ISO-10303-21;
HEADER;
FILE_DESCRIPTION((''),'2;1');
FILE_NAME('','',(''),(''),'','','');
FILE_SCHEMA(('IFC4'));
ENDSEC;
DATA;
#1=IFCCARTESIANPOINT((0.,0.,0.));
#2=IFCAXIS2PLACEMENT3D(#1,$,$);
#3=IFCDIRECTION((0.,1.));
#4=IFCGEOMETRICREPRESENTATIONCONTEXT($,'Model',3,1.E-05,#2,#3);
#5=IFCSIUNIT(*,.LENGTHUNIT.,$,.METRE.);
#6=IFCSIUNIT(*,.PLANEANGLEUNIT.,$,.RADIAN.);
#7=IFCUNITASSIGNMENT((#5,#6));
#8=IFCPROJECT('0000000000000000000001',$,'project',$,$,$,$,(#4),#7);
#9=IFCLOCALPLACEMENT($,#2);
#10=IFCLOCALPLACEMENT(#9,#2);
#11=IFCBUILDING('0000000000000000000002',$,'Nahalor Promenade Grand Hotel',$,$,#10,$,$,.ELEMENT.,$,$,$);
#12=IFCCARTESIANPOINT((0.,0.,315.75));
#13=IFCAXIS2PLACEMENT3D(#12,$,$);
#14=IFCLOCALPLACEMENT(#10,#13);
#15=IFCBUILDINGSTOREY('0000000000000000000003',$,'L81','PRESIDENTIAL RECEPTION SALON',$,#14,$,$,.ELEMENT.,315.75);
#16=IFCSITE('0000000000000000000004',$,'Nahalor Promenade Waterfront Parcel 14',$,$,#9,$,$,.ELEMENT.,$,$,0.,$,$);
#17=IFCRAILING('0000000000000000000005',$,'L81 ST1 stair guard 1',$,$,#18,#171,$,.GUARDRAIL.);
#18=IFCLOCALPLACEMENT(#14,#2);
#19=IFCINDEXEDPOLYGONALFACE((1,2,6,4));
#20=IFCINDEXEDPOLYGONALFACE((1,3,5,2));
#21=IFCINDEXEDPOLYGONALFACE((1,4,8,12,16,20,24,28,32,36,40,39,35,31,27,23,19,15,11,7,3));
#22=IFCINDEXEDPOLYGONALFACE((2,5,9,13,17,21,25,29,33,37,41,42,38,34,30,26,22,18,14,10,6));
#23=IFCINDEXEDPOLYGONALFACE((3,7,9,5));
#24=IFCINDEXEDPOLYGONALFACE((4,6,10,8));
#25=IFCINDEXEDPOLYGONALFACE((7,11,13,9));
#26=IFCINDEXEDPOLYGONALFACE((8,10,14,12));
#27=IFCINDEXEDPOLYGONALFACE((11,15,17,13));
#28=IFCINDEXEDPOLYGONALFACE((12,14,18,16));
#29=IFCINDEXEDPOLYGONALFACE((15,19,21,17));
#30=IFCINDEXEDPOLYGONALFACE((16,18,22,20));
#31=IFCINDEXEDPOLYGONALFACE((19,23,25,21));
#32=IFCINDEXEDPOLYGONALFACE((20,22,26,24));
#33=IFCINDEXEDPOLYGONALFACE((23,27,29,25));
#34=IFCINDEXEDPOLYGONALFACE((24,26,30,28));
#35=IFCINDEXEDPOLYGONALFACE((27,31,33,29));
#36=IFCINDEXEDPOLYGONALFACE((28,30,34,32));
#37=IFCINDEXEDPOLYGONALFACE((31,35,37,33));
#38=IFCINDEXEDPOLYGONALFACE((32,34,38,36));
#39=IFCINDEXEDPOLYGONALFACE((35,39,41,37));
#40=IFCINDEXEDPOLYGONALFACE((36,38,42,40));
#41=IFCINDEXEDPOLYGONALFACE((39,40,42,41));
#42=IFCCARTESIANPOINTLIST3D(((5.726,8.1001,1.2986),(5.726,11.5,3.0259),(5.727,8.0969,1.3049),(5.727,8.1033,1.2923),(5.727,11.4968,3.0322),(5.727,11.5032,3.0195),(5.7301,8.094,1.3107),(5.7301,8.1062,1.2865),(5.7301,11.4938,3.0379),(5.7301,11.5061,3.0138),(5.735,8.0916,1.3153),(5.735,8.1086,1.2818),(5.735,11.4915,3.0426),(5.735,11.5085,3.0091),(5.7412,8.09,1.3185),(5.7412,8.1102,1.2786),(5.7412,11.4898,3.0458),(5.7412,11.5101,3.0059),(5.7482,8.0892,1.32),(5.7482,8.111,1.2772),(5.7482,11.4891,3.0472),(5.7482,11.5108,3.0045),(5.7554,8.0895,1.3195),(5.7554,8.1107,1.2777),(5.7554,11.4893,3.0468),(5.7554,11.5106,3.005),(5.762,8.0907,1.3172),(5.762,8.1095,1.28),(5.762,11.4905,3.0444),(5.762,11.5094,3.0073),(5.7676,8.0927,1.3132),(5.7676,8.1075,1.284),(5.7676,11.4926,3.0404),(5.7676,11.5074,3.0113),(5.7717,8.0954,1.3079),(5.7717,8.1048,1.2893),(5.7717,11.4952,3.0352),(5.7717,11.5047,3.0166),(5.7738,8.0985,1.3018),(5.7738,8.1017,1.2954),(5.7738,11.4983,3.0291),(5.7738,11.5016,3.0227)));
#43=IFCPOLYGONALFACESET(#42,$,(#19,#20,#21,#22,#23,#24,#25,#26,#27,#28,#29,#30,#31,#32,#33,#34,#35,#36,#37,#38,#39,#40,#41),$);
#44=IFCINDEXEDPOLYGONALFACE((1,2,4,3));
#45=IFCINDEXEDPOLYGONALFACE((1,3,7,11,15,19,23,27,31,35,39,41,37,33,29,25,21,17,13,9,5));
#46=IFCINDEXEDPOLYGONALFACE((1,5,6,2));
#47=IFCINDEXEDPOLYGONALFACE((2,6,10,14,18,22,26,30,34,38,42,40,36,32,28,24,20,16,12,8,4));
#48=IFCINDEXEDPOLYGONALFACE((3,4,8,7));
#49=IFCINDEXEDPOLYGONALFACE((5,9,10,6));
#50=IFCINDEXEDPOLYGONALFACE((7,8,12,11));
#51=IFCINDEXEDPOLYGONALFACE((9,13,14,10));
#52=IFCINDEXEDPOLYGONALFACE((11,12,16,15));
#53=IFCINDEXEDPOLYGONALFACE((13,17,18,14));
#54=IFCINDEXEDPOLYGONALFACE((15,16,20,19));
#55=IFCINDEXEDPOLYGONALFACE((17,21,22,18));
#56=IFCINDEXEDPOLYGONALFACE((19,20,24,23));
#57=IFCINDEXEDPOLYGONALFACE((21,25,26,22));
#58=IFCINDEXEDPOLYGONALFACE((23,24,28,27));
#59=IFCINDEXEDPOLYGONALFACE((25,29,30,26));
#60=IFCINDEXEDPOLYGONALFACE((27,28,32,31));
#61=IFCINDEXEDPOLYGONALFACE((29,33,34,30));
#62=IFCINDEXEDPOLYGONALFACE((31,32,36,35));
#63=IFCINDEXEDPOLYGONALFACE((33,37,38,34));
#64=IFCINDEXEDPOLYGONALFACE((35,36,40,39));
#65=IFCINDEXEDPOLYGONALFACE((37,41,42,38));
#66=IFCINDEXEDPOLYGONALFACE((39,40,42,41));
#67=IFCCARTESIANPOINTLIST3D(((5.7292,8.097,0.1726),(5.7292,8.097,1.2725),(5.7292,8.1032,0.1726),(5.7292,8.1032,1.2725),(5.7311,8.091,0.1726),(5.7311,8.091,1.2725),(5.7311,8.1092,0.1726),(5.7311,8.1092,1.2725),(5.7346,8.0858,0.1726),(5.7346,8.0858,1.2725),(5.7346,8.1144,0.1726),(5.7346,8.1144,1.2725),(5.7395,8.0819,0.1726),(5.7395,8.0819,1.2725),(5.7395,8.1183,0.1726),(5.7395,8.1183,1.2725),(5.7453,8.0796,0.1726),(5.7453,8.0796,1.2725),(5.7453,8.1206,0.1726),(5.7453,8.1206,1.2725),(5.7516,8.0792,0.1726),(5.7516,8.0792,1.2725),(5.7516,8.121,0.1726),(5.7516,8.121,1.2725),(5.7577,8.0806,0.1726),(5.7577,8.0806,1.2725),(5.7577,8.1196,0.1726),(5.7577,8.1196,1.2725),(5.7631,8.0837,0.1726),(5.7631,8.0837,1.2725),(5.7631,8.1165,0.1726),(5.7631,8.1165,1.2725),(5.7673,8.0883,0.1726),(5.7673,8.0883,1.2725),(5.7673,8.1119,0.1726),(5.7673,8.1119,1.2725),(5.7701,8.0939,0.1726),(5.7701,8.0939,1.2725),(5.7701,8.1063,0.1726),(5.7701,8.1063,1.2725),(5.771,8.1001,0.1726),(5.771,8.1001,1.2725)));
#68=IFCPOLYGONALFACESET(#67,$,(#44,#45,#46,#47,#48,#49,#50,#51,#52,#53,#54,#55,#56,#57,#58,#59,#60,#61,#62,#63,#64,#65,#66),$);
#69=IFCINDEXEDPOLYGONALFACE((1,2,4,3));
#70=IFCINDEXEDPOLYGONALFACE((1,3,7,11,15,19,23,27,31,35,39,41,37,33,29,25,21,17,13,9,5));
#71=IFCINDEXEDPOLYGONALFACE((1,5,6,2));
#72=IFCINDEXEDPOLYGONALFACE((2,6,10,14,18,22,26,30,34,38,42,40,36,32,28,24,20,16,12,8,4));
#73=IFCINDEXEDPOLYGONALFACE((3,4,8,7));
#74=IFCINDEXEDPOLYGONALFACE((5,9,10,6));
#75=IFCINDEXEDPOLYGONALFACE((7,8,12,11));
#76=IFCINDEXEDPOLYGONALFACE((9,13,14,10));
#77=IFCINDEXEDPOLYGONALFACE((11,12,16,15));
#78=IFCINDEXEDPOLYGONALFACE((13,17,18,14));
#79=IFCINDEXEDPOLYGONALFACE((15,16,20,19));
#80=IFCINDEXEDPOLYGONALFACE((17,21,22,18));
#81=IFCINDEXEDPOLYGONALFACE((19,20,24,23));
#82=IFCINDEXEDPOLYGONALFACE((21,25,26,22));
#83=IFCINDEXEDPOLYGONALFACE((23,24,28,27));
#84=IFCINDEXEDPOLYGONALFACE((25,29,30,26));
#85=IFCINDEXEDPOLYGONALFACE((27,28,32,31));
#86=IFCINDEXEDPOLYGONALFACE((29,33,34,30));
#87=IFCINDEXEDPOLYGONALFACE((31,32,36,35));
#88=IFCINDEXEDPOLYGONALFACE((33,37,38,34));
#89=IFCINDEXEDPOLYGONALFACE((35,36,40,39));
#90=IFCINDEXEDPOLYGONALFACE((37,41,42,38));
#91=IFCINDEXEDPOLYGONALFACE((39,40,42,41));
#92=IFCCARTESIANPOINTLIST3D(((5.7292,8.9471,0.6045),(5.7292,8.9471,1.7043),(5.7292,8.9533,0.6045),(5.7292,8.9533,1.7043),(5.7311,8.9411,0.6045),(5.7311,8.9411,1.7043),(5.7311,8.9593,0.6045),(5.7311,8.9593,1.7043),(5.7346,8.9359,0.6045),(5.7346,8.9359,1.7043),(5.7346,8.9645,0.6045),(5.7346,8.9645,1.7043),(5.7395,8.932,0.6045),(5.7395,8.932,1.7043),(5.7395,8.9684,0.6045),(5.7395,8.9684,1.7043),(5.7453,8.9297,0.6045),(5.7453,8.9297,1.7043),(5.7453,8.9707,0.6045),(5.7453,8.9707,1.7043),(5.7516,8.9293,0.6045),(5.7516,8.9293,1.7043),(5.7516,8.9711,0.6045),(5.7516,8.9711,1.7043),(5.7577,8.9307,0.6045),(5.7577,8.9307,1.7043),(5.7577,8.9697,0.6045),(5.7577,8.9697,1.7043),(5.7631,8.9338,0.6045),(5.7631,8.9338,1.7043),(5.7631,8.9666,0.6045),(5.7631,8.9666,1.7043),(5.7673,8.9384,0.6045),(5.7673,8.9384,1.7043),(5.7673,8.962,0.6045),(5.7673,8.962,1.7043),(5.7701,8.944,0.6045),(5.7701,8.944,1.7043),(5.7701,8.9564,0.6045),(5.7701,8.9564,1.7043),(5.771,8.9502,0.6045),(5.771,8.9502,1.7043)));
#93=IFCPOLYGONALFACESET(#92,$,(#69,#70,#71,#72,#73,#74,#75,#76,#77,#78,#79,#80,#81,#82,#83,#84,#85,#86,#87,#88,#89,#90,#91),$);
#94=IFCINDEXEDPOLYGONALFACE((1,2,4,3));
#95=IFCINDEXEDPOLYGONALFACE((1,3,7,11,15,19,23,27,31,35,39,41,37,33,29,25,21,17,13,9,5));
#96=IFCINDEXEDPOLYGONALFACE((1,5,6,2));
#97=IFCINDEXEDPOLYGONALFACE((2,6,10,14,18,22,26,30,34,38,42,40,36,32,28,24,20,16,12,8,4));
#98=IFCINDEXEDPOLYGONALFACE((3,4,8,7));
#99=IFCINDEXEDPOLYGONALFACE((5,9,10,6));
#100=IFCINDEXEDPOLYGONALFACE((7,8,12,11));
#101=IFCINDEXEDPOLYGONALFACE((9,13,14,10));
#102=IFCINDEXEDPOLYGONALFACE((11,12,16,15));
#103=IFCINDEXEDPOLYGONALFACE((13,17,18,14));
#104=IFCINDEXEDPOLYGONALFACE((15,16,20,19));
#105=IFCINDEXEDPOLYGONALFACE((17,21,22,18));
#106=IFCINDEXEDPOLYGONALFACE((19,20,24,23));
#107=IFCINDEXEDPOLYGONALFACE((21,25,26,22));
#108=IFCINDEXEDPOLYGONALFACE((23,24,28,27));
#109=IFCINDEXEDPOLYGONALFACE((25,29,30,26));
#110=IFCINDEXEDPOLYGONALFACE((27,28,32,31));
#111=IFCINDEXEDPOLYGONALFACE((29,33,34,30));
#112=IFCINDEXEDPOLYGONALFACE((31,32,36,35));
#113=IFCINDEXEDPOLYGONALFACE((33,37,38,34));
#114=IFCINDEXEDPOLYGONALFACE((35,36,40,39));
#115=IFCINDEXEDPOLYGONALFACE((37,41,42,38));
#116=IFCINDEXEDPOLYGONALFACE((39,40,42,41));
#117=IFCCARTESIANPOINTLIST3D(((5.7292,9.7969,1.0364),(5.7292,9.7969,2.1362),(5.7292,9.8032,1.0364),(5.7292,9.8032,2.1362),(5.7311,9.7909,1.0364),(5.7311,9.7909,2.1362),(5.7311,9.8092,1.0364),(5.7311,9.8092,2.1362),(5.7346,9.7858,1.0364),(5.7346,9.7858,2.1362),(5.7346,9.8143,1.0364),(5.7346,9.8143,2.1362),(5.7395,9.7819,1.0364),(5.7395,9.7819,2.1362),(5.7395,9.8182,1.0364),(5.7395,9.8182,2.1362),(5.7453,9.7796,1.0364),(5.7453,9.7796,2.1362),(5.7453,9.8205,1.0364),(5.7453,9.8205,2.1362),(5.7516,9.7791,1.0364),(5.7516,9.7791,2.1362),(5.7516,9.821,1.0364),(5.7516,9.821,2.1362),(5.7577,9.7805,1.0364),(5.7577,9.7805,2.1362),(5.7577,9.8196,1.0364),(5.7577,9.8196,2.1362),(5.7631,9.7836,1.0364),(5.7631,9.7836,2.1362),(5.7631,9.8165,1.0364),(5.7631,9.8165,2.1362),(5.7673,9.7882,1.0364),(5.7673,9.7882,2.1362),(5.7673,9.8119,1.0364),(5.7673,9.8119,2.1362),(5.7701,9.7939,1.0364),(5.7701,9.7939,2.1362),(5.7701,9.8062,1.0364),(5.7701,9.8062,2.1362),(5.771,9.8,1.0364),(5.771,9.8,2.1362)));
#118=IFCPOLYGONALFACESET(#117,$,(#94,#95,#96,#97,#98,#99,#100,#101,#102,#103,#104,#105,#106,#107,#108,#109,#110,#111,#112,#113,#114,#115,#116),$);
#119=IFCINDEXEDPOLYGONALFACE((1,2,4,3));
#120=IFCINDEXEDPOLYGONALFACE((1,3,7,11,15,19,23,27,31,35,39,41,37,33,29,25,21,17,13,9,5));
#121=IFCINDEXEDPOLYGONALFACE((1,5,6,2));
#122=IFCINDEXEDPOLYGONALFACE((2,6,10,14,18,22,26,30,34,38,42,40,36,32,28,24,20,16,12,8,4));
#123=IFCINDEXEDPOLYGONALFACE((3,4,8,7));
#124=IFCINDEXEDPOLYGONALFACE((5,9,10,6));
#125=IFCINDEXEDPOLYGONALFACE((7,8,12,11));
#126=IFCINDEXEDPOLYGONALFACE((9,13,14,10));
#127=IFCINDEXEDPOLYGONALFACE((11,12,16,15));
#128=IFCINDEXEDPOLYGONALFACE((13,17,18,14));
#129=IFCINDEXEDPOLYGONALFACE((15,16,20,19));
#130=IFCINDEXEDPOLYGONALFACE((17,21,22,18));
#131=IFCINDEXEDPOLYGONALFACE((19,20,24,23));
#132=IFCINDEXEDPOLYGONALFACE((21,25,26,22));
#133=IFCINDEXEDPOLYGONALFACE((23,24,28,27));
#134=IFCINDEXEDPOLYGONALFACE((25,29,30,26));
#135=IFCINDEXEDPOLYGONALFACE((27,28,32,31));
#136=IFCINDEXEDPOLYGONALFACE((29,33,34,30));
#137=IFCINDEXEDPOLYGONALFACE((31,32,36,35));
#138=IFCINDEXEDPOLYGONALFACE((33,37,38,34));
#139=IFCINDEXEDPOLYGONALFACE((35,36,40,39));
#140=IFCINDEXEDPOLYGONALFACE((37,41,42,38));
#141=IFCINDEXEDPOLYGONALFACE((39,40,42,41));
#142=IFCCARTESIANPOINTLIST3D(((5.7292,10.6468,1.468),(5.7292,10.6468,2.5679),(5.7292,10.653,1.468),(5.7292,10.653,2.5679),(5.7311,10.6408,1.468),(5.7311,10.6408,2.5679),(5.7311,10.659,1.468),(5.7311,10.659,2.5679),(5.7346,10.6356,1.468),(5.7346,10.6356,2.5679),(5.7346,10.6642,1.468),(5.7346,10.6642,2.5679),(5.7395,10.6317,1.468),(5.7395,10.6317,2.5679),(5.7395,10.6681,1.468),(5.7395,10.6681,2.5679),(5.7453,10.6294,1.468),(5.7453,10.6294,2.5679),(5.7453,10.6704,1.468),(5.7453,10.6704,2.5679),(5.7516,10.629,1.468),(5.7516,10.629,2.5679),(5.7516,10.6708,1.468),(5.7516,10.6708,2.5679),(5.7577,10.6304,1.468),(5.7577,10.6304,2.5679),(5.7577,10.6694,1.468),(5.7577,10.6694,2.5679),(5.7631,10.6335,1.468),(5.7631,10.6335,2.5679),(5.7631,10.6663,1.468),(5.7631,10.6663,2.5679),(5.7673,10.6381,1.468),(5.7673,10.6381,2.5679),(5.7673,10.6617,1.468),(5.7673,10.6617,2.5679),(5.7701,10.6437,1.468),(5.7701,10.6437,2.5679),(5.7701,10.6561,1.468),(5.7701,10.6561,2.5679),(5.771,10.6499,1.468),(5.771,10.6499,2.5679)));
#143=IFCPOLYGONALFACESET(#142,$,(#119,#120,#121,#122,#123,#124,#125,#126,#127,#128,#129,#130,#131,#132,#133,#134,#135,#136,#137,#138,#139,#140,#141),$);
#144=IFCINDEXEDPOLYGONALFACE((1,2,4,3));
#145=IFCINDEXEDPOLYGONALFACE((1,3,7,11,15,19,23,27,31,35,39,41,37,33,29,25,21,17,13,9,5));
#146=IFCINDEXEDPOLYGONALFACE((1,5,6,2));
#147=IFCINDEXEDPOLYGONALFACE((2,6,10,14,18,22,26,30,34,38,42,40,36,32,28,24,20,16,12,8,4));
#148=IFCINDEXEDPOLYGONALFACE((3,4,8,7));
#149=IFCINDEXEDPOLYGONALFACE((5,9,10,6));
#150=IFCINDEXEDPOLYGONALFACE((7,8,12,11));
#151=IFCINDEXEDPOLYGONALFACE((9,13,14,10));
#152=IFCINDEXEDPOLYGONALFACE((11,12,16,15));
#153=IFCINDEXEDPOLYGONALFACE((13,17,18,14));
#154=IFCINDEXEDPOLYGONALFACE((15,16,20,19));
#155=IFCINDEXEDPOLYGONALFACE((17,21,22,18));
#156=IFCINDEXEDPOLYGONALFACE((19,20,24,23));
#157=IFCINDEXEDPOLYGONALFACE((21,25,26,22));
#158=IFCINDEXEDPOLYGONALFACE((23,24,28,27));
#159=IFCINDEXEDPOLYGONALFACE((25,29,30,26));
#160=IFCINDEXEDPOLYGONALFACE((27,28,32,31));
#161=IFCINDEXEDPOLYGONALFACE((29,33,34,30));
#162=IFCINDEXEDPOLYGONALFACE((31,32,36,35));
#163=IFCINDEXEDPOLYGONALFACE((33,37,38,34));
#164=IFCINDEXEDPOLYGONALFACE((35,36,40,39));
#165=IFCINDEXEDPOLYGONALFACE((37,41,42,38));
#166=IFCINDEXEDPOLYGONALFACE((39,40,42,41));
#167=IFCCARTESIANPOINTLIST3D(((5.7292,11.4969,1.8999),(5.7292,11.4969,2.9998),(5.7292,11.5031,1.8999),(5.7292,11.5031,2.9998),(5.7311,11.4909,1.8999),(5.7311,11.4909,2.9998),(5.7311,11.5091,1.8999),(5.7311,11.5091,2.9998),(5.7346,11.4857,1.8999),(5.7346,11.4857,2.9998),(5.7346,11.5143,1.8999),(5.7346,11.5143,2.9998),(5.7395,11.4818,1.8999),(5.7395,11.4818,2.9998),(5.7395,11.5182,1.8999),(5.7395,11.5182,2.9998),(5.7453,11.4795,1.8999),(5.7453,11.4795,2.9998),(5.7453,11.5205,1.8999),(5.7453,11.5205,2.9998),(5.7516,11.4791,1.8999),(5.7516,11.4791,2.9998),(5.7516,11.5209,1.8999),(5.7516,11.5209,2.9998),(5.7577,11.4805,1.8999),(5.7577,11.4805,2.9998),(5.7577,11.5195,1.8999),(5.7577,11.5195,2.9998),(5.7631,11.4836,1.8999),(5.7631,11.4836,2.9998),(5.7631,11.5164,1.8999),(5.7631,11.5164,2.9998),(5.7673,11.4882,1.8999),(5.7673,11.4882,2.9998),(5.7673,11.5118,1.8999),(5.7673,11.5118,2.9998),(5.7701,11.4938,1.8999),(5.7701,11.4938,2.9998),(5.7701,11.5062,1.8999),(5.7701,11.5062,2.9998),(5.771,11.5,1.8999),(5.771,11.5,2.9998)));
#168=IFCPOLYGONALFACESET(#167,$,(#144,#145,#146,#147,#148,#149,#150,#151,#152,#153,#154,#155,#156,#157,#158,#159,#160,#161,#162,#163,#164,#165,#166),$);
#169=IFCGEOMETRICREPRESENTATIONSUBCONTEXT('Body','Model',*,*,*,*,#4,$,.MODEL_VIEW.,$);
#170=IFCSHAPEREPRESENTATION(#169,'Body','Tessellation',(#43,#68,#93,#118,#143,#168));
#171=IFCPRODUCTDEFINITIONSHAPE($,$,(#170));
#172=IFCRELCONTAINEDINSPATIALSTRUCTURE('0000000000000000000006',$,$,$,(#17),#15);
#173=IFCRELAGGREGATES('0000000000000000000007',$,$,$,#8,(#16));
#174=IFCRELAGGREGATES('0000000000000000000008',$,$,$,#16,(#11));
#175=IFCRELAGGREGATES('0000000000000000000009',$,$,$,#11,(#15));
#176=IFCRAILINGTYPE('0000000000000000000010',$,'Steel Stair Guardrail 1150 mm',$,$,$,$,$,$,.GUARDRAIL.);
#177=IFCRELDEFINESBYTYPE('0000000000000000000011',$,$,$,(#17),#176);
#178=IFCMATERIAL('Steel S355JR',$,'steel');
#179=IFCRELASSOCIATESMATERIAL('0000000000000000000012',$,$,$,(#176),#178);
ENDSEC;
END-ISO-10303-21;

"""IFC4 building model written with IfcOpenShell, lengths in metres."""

from ifc_helpers import new_model, si_unit, direction, frame, origin, origin_2d, place, context, subcontext, project, spatial, circle, extrude, material, type_object, element, save


model = new_model("IFC4")

# Units and contexts
model_context = context("Model", 3, precision=1e-05, world=origin(), true_north=direction((0.0, 1.0)))
body_context = subcontext(model_context, "Body", "Model", "MODEL_VIEW")
ifc_project = project(units=[si_unit("LENGTHUNIT", "METRE"), si_unit("PLANEANGLEUNIT", "RADIAN")], contexts=[model_context])

# Site, building, storey
site_placement = place(None, origin())
site = spatial("IfcSite", under=ifc_project, at=site_placement, Name="Nahalor Promenade Waterfront Parcel 14", CompositionType="ELEMENT", RefElevation=0.0)
building_placement = place(site_placement, origin())
building = spatial("IfcBuilding", under=site, at=building_placement, Name="Nahalor Promenade Grand Hotel", CompositionType="ELEMENT")
storey_placement = place(building_placement, frame((0.0, 0.0, 315.75)))
storey = spatial("IfcBuildingStorey", under=building, at=storey_placement, Name="L81", Description="PRESIDENTIAL RECEPTION SALON", CompositionType="ELEMENT", Elevation=315.75)

# Shared definitions
ifc_material_1 = material(Name="Steel S355JR", Category="steel")

# Railing
railing_type_1 = type_object("IfcRailingType", Name="Steel Stair Guardrail 1150 mm", PredefinedType="GUARDRAIL", material=ifc_material_1)
railing_1_placement = place(storey_placement, frame((5.75, 8.1001, 0.1726)))
element("IfcRailing", 1, at=railing_1_placement, inside=storey, type_object=railing_type_1, Name="L81 ST1 stair guard 1", PredefinedType="GUARDRAIL", context=body_context, shape_type="SweptSolid", body=[
    extrude(circle(Radius=0.024, at=origin_2d()), frame((0.0, 0.0, 1.126), z_axis=(0.0, 0.891541, 0.452941), x_axis=(-1.0, 0.0, 0.0)), (0.0, 0.0, 1.0), 3.8135),
    extrude(circle(Radius=0.021, at=origin_2d()), origin(), (0.0, 0.0, 1.0), 1.0999),
    extrude(circle(Radius=0.021, at=origin_2d()), frame((0.0, 0.8501, 0.4319)), (0.0, 0.0, 1.0), 1.0999),
    extrude(circle(Radius=0.021, at=origin_2d()), frame((0.0, 1.7, 0.8638)), (0.0, 0.0, 1.0), 1.0999),
    extrude(circle(Radius=0.021, at=origin_2d()), frame((0.0, 2.5498, 1.2954)), (0.0, 0.0, 1.0), 1.0999),
    extrude(circle(Radius=0.021, at=origin_2d()), frame((0.0, 3.3999, 1.7273)), (0.0, 0.0, 1.0), 1.0999),
])

save(model, "model.ifc")
